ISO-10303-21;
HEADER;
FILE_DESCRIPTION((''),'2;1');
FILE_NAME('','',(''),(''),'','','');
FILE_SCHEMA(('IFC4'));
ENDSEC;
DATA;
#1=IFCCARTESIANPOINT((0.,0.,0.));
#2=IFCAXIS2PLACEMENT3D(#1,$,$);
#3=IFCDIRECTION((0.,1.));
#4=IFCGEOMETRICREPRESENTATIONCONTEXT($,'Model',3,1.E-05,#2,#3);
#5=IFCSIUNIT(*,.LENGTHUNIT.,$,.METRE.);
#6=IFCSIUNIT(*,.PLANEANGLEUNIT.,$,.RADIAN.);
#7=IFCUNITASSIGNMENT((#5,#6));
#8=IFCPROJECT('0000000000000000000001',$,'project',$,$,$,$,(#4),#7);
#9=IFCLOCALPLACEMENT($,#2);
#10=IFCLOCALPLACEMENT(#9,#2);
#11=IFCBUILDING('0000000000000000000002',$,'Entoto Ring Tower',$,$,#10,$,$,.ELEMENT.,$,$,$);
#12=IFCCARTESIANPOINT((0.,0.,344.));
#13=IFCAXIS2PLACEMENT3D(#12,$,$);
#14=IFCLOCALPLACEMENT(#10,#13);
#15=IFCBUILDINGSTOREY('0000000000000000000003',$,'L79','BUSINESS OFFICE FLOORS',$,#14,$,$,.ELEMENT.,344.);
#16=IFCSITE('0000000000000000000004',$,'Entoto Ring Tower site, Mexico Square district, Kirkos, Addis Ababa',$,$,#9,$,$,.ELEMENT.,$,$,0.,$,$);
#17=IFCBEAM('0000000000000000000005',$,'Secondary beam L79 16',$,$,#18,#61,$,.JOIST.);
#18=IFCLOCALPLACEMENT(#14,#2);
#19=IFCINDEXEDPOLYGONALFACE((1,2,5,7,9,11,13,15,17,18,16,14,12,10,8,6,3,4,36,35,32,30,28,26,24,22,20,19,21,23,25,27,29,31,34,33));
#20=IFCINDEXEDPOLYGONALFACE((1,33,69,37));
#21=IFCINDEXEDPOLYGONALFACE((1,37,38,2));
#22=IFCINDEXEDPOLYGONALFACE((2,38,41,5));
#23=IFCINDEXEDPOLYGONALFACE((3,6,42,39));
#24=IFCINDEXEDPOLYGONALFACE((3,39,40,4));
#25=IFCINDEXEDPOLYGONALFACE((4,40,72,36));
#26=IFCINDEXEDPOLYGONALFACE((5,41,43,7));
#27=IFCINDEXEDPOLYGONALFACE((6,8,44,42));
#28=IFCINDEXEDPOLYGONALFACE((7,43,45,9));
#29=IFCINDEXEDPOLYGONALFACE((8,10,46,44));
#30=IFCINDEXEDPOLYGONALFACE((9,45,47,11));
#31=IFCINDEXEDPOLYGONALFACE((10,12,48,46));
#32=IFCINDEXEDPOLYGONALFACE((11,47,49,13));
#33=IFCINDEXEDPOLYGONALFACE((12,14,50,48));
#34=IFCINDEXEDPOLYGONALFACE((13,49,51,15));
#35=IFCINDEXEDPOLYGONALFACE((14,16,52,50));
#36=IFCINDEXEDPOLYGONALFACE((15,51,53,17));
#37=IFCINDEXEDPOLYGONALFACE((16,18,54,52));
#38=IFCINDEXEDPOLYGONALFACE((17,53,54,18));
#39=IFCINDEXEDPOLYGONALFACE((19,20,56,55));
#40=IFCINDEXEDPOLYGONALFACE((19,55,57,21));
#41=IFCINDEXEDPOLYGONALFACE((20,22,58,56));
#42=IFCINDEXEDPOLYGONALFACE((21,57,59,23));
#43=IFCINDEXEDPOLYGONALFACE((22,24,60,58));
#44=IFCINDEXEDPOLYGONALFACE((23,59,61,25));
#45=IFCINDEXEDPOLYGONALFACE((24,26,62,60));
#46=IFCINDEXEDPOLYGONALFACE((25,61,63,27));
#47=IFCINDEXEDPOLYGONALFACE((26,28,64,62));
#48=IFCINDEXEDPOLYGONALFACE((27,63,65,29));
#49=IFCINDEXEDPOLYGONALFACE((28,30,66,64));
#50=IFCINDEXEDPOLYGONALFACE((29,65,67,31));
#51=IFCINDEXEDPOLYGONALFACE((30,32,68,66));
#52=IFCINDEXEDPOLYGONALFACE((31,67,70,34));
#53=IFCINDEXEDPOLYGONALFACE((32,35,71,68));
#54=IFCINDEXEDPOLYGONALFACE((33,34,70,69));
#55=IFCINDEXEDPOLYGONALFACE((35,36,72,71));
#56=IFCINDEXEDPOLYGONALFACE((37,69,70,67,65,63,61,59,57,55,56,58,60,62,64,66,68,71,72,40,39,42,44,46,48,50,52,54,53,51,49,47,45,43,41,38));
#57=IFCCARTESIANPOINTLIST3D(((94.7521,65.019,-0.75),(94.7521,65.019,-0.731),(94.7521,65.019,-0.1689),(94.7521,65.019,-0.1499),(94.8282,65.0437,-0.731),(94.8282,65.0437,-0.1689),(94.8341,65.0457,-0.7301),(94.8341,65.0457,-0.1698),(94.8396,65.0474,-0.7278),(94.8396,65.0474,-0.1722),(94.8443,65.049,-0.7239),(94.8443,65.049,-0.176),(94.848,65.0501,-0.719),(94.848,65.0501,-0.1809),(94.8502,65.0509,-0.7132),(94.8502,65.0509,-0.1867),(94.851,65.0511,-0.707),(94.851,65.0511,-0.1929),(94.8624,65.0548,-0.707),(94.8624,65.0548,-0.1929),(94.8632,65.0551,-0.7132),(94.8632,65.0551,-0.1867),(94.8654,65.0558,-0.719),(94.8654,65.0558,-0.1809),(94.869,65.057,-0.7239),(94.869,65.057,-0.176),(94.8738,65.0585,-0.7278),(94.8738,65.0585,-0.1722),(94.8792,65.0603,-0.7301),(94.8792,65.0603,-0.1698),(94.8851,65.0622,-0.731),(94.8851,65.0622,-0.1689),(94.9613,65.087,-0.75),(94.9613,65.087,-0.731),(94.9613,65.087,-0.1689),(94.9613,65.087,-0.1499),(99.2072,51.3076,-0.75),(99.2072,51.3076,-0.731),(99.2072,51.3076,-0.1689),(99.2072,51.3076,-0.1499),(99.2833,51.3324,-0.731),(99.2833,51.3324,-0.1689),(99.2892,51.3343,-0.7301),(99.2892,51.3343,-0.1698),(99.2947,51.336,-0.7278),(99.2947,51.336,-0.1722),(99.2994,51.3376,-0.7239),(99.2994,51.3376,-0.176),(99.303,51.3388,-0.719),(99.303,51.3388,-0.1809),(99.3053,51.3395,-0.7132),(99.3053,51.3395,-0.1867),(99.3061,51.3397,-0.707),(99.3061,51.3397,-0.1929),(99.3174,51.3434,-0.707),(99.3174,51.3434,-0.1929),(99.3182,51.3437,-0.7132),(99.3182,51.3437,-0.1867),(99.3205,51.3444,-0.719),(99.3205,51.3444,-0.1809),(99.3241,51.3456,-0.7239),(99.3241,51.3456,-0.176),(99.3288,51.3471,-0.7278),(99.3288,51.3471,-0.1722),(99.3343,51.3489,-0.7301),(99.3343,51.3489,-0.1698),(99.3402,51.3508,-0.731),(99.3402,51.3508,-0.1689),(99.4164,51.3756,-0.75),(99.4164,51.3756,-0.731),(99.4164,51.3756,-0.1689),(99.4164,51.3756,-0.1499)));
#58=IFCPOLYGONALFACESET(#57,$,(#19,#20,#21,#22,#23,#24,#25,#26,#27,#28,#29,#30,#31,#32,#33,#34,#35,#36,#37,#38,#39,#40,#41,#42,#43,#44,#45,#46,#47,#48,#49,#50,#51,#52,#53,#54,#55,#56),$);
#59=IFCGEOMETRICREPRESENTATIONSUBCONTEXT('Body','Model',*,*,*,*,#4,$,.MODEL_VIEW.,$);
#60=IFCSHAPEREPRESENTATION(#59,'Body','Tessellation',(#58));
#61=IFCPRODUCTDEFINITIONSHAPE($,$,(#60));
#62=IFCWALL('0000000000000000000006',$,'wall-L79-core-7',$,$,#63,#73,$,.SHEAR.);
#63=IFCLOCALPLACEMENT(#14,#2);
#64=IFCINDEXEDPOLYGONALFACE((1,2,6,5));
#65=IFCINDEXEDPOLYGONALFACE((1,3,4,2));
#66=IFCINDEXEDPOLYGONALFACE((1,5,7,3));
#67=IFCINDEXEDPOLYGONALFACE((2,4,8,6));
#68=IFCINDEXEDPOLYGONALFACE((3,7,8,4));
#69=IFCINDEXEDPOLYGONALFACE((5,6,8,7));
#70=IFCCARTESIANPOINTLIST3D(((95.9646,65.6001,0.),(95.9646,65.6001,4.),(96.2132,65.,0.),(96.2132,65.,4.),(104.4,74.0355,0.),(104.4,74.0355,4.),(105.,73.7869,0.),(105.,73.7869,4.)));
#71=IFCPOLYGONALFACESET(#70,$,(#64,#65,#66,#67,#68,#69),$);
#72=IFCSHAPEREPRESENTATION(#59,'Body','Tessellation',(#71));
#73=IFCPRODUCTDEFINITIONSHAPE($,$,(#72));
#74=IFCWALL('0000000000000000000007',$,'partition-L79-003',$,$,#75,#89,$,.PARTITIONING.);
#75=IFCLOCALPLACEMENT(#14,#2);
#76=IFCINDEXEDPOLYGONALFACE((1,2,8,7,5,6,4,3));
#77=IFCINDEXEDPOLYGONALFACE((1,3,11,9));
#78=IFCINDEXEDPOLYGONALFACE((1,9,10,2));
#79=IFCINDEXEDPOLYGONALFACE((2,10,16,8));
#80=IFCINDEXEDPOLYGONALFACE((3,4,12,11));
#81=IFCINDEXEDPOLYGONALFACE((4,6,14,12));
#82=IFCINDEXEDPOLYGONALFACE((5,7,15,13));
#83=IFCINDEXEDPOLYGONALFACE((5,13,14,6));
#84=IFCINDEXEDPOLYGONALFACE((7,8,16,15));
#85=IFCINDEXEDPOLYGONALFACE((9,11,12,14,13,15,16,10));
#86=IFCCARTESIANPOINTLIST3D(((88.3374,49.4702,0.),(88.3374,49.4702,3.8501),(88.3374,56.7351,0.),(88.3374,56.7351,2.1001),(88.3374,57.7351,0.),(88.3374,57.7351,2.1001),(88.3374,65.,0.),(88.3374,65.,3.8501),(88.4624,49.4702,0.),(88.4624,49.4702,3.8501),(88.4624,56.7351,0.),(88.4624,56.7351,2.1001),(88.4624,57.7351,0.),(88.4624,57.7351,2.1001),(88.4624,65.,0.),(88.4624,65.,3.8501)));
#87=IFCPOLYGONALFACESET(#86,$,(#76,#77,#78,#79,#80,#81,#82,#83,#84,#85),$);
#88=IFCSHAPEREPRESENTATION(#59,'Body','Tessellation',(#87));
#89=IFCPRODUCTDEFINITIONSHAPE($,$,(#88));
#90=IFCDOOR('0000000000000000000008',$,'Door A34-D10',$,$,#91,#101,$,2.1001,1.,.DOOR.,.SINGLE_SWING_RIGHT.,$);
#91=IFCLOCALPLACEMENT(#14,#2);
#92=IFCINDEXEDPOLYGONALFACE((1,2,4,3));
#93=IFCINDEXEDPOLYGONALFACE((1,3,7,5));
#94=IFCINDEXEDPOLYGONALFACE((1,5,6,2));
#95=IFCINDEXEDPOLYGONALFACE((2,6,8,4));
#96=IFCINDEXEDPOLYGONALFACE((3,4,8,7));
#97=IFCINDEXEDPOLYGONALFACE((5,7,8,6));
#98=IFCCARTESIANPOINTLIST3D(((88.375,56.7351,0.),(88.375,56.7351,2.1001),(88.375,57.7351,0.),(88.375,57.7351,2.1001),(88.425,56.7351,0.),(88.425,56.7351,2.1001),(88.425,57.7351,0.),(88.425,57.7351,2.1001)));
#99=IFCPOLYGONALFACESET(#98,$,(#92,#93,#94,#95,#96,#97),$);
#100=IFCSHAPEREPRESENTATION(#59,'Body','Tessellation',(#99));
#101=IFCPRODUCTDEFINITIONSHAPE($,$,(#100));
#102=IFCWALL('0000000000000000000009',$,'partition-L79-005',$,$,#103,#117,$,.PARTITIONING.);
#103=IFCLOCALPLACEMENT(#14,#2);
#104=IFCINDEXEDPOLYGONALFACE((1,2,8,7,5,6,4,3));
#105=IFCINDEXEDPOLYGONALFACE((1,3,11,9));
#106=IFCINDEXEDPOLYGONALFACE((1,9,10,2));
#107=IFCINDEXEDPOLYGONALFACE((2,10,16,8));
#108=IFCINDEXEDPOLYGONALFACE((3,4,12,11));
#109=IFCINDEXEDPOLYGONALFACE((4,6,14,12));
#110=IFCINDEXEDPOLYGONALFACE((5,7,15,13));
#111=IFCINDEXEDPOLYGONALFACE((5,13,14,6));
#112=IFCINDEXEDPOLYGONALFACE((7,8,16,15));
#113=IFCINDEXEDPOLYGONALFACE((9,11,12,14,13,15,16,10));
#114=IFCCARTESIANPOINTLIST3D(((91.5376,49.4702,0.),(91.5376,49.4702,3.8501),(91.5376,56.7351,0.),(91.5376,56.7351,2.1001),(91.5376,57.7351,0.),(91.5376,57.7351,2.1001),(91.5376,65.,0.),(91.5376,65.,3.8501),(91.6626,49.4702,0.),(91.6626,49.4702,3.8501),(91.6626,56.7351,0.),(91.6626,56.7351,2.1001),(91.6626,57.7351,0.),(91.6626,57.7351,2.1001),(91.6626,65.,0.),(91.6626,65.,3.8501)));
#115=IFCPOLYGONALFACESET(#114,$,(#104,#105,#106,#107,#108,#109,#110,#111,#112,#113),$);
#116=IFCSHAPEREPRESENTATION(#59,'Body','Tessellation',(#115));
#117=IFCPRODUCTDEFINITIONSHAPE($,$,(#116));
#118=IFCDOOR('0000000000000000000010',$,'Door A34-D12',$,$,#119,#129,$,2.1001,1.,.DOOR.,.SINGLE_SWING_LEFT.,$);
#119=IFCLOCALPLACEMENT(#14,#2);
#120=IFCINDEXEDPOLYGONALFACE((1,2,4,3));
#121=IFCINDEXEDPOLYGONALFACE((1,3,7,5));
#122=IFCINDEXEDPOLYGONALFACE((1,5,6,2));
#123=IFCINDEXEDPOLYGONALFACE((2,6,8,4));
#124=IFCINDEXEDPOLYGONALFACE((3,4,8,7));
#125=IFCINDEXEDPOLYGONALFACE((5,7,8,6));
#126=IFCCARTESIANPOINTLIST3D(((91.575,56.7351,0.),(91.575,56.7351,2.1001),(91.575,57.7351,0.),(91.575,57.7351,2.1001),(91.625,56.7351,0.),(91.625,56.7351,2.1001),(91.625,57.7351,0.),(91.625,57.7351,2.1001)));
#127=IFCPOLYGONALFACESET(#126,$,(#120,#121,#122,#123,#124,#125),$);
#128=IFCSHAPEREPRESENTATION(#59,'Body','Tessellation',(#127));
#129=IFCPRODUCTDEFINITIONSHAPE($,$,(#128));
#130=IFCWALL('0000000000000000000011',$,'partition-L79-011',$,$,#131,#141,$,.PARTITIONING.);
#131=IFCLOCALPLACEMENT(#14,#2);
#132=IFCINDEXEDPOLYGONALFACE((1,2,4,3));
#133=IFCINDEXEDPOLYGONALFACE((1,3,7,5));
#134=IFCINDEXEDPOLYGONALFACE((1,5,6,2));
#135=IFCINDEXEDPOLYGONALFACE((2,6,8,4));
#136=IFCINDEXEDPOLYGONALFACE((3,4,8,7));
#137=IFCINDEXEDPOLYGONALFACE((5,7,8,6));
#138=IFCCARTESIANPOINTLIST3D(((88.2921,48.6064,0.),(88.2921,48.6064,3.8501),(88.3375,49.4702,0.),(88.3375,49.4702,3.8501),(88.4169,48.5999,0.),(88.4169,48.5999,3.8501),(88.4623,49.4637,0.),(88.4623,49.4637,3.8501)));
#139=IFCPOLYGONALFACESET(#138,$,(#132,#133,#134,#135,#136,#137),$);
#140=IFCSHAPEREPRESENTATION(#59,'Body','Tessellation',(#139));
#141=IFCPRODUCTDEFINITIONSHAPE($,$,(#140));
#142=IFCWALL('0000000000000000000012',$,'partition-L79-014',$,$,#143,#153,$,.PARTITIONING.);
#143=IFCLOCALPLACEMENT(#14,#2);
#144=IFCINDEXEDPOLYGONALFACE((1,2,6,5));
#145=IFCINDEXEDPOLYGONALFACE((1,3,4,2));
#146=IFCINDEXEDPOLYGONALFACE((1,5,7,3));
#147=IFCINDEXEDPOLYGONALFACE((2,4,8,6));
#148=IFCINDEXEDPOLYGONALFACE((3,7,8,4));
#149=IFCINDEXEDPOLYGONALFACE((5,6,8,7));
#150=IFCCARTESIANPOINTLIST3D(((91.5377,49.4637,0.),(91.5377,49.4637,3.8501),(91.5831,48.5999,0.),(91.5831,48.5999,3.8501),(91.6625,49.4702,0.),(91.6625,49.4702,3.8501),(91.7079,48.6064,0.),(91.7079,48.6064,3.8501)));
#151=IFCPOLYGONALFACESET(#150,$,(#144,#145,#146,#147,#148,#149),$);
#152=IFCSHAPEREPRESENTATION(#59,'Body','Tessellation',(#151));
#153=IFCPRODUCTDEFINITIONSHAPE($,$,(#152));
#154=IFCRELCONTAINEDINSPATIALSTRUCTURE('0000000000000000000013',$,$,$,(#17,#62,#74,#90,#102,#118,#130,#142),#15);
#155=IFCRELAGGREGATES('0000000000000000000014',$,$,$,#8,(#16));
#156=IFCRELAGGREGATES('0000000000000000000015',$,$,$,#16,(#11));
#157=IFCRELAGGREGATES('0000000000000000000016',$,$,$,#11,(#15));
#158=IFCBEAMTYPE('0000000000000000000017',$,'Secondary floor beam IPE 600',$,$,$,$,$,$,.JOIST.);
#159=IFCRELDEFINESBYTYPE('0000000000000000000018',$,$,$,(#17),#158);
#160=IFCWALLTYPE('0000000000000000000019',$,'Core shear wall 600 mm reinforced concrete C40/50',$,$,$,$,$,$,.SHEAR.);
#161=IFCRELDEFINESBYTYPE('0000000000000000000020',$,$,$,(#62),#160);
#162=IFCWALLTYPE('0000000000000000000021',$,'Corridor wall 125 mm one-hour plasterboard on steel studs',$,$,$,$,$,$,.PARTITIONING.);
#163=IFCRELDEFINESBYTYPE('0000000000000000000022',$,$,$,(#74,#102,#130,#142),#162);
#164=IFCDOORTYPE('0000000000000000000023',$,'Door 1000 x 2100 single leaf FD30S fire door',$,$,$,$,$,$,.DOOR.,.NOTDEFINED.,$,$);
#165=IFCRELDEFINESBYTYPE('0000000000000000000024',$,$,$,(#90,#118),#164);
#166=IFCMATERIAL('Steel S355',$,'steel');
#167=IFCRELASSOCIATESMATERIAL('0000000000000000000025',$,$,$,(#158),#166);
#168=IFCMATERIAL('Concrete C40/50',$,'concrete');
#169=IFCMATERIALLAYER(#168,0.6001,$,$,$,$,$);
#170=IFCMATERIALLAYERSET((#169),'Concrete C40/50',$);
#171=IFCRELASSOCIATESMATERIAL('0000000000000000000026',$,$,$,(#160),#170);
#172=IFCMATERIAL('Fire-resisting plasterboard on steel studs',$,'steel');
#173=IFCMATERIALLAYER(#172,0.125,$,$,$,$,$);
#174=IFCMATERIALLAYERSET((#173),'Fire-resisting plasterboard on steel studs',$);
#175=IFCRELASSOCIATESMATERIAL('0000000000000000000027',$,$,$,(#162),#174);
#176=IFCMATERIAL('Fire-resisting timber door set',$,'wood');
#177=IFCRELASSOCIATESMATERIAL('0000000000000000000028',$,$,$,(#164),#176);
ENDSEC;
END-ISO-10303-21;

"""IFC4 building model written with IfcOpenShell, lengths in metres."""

from ifc_helpers import new_model, si_unit, direction, frame, frame_2d, origin, origin_2d, place, context, subcontext, project, spatial, polyline, rectangle, i_section, outline, extrude, material, layer, layer_set, material_profile, profile_set, type_object, element, fill, save


model = new_model("IFC4")

# Units and contexts
model_context = context("Model", 3, precision=1e-05, world=origin(), true_north=direction((0.0, 1.0)))
body_context = subcontext(model_context, "Body", "Model", "MODEL_VIEW")
ifc_project = project(units=[si_unit("LENGTHUNIT", "METRE"), si_unit("PLANEANGLEUNIT", "RADIAN")], contexts=[model_context])

# Site, building, storey
site_placement = place(None, origin())
site = spatial("IfcSite", under=ifc_project, at=site_placement, Name="Entoto Ring Tower site, Mexico Square district, Kirkos, Addis Ababa", CompositionType="ELEMENT", RefElevation=0.0)
building_placement = place(site_placement, origin())
building = spatial("IfcBuilding", under=site, at=building_placement, Name="Entoto Ring Tower", CompositionType="ELEMENT")
storey_placement = place(building_placement, frame((0.0, 0.0, 344.0)))
storey = spatial("IfcBuildingStorey", under=building, at=storey_placement, Name="L79", Description="BUSINESS OFFICE FLOORS", CompositionType="ELEMENT", Elevation=344.0)

# Beam
ifc_material_1 = material(Name="Steel S355", Category="steel")
ifc_material_profile_1 = material_profile(ifc_material_1, i_section(OverallWidth=0.22, OverallDepth=0.6001, WebThickness=0.012, FlangeThickness=0.019, FilletRadius=0.0239, at=origin_2d()), Name="IPE 600")
ifc_profile_set_1 = profile_set([ifc_material_profile_1], Name="Steel S355")
beam_type_1 = type_object("IfcBeamType", Name="Secondary floor beam IPE 600", PredefinedType="JOIST", material=ifc_profile_set_1)
beam_1_placement = place(storey_placement, frame((94.8567, 65.053, -0.45), z_axis=(0.309015, -0.951057, 0.0), x_axis=(0.951057, 0.309015, 0.0)))
element("IfcBeam", 1, at=beam_1_placement, inside=storey, type_object=beam_type_1, Name="Secondary beam L79 16", PredefinedType="JOIST", context=body_context, shape_type="SweptSolid", body=[
    extrude(i_section(OverallWidth=0.22, OverallDepth=0.6001, WebThickness=0.012, FlangeThickness=0.019, FilletRadius=0.0239, at=origin_2d()), origin(), (0.0, 0.0, 1.0), 14.417),
])

# Wall
ifc_material_2 = material(Name="Concrete C40/50", Category="concrete")
ifc_layer_1 = layer(ifc_material_2, 0.6001)
ifc_layer_set_1 = layer_set([ifc_layer_1], Name="Concrete C40/50")
wall_type_1 = type_object("IfcWallType", Name="Core shear wall 600 mm reinforced concrete C40/50", PredefinedType="SHEAR", material=ifc_layer_set_1)
wall_1_placement = place(storey_placement, frame((96.0889, 65.3, 0.0), z_axis=(0.0, 0.0, 1.0), x_axis=(0.707107, 0.707107, 0.0)))
element("IfcWall", 2, at=wall_1_placement, inside=storey, type_object=wall_type_1, Name="wall-L79-core-7", PredefinedType="SHEAR", context=body_context, shape_type="SweptSolid", body=[
    extrude(outline(polyline([(-0.1243, -0.3), (12.3022, -0.3), (12.0537, 0.3), (0.1243, 0.3), (-0.1243, -0.3)])), origin(), (0.0, 0.0, 1.0), 4.0),
])

# Walls, openings, doors
ifc_material_3 = material(Name="Fire-resisting plasterboard on steel studs", Category="steel")
ifc_layer_2 = layer(ifc_material_3, 0.125)
ifc_layer_set_2 = layer_set([ifc_layer_2], Name="Fire-resisting plasterboard on steel studs")
wall_type_2 = type_object("IfcWallType", Name="Corridor wall 125 mm one-hour plasterboard on steel studs", PredefinedType="PARTITIONING", material=ifc_layer_set_2)
wall_2_placement = place(storey_placement, frame((88.3999, 49.4702, 0.0), z_axis=(0.0, 0.0, 1.0), x_axis=(0.0, 1.0, 0.0)))
wall_2 = element("IfcWall", 3, at=wall_2_placement, inside=storey, type_object=wall_type_2, Name="partition-L79-003", PredefinedType="PARTITIONING", context=body_context, shape_type="SweptSolid", body=[
    extrude(rectangle(XDim=15.5298, YDim=0.125, at=frame_2d((7.7649, 0.0))), origin(), (0.0, 0.0, 1.0), 3.8501),
])
opening_1_placement = place(wall_2_placement, frame((7.2649, 0.0, 0.0)))
opening_1 = element("IfcOpeningElement", 4, at=opening_1_placement, cuts=wall_2, PredefinedType="OPENING", context=body_context, shape_type="SweptSolid", body=[
    extrude(rectangle(XDim=1.0, YDim=2.1001, at=frame_2d((0.5, 1.05))), frame((0.0, 0.0725, 0.0), z_axis=(0.0, -1.0, 0.0), x_axis=(1.0, 0.0, 0.0)), (0.0, 0.0, 1.0), 0.145),
])
ifc_material_4 = material(Name="Fire-resisting timber door set", Category="wood")
door_type = type_object("IfcDoorType", Name="Door 1000 x 2100 single leaf FD30S fire door", OperationType="NOTDEFINED", PredefinedType="DOOR", material=ifc_material_4)
door_1_placement = place(opening_1_placement, origin())
door_1 = element("IfcDoor", 5, at=door_1_placement, inside=storey, type_object=door_type, Name="Door A34-D10", OperationType="SINGLE_SWING_RIGHT", OverallHeight=2.1001, OverallWidth=1.0, PredefinedType="DOOR", context=body_context, shape_type="SweptSolid", body=[
    extrude(rectangle(XDim=1.0, YDim=2.1001, at=frame_2d((0.5, 1.05))), frame((0.0, 0.0249, 0.0), z_axis=(0.0, -1.0, 0.0), x_axis=(1.0, 0.0, 0.0)), (0.0, 0.0, 1.0), 0.05),
])
fill(opening_1, door_1)
wall_3_placement = place(storey_placement, frame((91.6001, 49.4702, 0.0), z_axis=(0.0, 0.0, 1.0), x_axis=(0.0, 1.0, 0.0)))
wall_3 = element("IfcWall", 6, at=wall_3_placement, inside=storey, type_object=wall_type_2, Name="partition-L79-005", PredefinedType="PARTITIONING", context=body_context, shape_type="SweptSolid", body=[
    extrude(rectangle(XDim=15.5298, YDim=0.125, at=frame_2d((7.7649, 0.0))), origin(), (0.0, 0.0, 1.0), 3.8501),
])
opening_2_placement = place(wall_3_placement, frame((7.2649, 0.0, 0.0)))
opening_2 = element("IfcOpeningElement", 7, at=opening_2_placement, cuts=wall_3, PredefinedType="OPENING", context=body_context, shape_type="SweptSolid", body=[
    extrude(rectangle(XDim=1.0, YDim=2.1001, at=frame_2d((0.5, 1.05))), frame((0.0, 0.0725, 0.0), z_axis=(0.0, -1.0, 0.0), x_axis=(1.0, 0.0, 0.0)), (0.0, 0.0, 1.0), 0.145),
])
door_2_placement = place(opening_2_placement, frame((1.0, 0.0, 0.0), z_axis=(0.0, 0.0, 1.0), x_axis=(-1.0, 0.0, 0.0)))
door_2 = element("IfcDoor", 8, at=door_2_placement, inside=storey, type_object=door_type, Name="Door A34-D12", OperationType="SINGLE_SWING_LEFT", OverallHeight=2.1001, OverallWidth=1.0, PredefinedType="DOOR", context=body_context, shape_type="SweptSolid", body=[
    extrude(rectangle(XDim=1.0, YDim=2.1001, at=frame_2d((0.5, 1.05))), frame((0.0, 0.0249, 0.0), z_axis=(0.0, -1.0, 0.0), x_axis=(1.0, 0.0, 0.0)), (0.0, 0.0, 1.0), 0.05),
])
fill(opening_2, door_2)

# Walls
for number, where, z_axis, x_axis, name in (
    (9, (88.3545, 48.603, 0.0), (0.0, 0.0, 1.0), (0.0525, 0.998621, 0.0), "partition-L79-011"),
    (10, (91.6455, 48.603, 0.0), (0.0, 0.0, 1.0), (-0.0525, 0.998621, 0.0), "partition-L79-014"),
):
    element("IfcWall", number, at=place(storey_placement, frame(where, z_axis=z_axis, x_axis=x_axis)), inside=storey, type_object=wall_type_2, Name=name, PredefinedType="PARTITIONING", context=body_context, shape_type="SweptSolid", body=[
        extrude(rectangle(XDim=0.865, YDim=0.125, at=frame_2d((0.4326, 0.0))), origin(), (0.0, 0.0, 1.0), 3.8501),
    ])

save(model, "model.ifc")
